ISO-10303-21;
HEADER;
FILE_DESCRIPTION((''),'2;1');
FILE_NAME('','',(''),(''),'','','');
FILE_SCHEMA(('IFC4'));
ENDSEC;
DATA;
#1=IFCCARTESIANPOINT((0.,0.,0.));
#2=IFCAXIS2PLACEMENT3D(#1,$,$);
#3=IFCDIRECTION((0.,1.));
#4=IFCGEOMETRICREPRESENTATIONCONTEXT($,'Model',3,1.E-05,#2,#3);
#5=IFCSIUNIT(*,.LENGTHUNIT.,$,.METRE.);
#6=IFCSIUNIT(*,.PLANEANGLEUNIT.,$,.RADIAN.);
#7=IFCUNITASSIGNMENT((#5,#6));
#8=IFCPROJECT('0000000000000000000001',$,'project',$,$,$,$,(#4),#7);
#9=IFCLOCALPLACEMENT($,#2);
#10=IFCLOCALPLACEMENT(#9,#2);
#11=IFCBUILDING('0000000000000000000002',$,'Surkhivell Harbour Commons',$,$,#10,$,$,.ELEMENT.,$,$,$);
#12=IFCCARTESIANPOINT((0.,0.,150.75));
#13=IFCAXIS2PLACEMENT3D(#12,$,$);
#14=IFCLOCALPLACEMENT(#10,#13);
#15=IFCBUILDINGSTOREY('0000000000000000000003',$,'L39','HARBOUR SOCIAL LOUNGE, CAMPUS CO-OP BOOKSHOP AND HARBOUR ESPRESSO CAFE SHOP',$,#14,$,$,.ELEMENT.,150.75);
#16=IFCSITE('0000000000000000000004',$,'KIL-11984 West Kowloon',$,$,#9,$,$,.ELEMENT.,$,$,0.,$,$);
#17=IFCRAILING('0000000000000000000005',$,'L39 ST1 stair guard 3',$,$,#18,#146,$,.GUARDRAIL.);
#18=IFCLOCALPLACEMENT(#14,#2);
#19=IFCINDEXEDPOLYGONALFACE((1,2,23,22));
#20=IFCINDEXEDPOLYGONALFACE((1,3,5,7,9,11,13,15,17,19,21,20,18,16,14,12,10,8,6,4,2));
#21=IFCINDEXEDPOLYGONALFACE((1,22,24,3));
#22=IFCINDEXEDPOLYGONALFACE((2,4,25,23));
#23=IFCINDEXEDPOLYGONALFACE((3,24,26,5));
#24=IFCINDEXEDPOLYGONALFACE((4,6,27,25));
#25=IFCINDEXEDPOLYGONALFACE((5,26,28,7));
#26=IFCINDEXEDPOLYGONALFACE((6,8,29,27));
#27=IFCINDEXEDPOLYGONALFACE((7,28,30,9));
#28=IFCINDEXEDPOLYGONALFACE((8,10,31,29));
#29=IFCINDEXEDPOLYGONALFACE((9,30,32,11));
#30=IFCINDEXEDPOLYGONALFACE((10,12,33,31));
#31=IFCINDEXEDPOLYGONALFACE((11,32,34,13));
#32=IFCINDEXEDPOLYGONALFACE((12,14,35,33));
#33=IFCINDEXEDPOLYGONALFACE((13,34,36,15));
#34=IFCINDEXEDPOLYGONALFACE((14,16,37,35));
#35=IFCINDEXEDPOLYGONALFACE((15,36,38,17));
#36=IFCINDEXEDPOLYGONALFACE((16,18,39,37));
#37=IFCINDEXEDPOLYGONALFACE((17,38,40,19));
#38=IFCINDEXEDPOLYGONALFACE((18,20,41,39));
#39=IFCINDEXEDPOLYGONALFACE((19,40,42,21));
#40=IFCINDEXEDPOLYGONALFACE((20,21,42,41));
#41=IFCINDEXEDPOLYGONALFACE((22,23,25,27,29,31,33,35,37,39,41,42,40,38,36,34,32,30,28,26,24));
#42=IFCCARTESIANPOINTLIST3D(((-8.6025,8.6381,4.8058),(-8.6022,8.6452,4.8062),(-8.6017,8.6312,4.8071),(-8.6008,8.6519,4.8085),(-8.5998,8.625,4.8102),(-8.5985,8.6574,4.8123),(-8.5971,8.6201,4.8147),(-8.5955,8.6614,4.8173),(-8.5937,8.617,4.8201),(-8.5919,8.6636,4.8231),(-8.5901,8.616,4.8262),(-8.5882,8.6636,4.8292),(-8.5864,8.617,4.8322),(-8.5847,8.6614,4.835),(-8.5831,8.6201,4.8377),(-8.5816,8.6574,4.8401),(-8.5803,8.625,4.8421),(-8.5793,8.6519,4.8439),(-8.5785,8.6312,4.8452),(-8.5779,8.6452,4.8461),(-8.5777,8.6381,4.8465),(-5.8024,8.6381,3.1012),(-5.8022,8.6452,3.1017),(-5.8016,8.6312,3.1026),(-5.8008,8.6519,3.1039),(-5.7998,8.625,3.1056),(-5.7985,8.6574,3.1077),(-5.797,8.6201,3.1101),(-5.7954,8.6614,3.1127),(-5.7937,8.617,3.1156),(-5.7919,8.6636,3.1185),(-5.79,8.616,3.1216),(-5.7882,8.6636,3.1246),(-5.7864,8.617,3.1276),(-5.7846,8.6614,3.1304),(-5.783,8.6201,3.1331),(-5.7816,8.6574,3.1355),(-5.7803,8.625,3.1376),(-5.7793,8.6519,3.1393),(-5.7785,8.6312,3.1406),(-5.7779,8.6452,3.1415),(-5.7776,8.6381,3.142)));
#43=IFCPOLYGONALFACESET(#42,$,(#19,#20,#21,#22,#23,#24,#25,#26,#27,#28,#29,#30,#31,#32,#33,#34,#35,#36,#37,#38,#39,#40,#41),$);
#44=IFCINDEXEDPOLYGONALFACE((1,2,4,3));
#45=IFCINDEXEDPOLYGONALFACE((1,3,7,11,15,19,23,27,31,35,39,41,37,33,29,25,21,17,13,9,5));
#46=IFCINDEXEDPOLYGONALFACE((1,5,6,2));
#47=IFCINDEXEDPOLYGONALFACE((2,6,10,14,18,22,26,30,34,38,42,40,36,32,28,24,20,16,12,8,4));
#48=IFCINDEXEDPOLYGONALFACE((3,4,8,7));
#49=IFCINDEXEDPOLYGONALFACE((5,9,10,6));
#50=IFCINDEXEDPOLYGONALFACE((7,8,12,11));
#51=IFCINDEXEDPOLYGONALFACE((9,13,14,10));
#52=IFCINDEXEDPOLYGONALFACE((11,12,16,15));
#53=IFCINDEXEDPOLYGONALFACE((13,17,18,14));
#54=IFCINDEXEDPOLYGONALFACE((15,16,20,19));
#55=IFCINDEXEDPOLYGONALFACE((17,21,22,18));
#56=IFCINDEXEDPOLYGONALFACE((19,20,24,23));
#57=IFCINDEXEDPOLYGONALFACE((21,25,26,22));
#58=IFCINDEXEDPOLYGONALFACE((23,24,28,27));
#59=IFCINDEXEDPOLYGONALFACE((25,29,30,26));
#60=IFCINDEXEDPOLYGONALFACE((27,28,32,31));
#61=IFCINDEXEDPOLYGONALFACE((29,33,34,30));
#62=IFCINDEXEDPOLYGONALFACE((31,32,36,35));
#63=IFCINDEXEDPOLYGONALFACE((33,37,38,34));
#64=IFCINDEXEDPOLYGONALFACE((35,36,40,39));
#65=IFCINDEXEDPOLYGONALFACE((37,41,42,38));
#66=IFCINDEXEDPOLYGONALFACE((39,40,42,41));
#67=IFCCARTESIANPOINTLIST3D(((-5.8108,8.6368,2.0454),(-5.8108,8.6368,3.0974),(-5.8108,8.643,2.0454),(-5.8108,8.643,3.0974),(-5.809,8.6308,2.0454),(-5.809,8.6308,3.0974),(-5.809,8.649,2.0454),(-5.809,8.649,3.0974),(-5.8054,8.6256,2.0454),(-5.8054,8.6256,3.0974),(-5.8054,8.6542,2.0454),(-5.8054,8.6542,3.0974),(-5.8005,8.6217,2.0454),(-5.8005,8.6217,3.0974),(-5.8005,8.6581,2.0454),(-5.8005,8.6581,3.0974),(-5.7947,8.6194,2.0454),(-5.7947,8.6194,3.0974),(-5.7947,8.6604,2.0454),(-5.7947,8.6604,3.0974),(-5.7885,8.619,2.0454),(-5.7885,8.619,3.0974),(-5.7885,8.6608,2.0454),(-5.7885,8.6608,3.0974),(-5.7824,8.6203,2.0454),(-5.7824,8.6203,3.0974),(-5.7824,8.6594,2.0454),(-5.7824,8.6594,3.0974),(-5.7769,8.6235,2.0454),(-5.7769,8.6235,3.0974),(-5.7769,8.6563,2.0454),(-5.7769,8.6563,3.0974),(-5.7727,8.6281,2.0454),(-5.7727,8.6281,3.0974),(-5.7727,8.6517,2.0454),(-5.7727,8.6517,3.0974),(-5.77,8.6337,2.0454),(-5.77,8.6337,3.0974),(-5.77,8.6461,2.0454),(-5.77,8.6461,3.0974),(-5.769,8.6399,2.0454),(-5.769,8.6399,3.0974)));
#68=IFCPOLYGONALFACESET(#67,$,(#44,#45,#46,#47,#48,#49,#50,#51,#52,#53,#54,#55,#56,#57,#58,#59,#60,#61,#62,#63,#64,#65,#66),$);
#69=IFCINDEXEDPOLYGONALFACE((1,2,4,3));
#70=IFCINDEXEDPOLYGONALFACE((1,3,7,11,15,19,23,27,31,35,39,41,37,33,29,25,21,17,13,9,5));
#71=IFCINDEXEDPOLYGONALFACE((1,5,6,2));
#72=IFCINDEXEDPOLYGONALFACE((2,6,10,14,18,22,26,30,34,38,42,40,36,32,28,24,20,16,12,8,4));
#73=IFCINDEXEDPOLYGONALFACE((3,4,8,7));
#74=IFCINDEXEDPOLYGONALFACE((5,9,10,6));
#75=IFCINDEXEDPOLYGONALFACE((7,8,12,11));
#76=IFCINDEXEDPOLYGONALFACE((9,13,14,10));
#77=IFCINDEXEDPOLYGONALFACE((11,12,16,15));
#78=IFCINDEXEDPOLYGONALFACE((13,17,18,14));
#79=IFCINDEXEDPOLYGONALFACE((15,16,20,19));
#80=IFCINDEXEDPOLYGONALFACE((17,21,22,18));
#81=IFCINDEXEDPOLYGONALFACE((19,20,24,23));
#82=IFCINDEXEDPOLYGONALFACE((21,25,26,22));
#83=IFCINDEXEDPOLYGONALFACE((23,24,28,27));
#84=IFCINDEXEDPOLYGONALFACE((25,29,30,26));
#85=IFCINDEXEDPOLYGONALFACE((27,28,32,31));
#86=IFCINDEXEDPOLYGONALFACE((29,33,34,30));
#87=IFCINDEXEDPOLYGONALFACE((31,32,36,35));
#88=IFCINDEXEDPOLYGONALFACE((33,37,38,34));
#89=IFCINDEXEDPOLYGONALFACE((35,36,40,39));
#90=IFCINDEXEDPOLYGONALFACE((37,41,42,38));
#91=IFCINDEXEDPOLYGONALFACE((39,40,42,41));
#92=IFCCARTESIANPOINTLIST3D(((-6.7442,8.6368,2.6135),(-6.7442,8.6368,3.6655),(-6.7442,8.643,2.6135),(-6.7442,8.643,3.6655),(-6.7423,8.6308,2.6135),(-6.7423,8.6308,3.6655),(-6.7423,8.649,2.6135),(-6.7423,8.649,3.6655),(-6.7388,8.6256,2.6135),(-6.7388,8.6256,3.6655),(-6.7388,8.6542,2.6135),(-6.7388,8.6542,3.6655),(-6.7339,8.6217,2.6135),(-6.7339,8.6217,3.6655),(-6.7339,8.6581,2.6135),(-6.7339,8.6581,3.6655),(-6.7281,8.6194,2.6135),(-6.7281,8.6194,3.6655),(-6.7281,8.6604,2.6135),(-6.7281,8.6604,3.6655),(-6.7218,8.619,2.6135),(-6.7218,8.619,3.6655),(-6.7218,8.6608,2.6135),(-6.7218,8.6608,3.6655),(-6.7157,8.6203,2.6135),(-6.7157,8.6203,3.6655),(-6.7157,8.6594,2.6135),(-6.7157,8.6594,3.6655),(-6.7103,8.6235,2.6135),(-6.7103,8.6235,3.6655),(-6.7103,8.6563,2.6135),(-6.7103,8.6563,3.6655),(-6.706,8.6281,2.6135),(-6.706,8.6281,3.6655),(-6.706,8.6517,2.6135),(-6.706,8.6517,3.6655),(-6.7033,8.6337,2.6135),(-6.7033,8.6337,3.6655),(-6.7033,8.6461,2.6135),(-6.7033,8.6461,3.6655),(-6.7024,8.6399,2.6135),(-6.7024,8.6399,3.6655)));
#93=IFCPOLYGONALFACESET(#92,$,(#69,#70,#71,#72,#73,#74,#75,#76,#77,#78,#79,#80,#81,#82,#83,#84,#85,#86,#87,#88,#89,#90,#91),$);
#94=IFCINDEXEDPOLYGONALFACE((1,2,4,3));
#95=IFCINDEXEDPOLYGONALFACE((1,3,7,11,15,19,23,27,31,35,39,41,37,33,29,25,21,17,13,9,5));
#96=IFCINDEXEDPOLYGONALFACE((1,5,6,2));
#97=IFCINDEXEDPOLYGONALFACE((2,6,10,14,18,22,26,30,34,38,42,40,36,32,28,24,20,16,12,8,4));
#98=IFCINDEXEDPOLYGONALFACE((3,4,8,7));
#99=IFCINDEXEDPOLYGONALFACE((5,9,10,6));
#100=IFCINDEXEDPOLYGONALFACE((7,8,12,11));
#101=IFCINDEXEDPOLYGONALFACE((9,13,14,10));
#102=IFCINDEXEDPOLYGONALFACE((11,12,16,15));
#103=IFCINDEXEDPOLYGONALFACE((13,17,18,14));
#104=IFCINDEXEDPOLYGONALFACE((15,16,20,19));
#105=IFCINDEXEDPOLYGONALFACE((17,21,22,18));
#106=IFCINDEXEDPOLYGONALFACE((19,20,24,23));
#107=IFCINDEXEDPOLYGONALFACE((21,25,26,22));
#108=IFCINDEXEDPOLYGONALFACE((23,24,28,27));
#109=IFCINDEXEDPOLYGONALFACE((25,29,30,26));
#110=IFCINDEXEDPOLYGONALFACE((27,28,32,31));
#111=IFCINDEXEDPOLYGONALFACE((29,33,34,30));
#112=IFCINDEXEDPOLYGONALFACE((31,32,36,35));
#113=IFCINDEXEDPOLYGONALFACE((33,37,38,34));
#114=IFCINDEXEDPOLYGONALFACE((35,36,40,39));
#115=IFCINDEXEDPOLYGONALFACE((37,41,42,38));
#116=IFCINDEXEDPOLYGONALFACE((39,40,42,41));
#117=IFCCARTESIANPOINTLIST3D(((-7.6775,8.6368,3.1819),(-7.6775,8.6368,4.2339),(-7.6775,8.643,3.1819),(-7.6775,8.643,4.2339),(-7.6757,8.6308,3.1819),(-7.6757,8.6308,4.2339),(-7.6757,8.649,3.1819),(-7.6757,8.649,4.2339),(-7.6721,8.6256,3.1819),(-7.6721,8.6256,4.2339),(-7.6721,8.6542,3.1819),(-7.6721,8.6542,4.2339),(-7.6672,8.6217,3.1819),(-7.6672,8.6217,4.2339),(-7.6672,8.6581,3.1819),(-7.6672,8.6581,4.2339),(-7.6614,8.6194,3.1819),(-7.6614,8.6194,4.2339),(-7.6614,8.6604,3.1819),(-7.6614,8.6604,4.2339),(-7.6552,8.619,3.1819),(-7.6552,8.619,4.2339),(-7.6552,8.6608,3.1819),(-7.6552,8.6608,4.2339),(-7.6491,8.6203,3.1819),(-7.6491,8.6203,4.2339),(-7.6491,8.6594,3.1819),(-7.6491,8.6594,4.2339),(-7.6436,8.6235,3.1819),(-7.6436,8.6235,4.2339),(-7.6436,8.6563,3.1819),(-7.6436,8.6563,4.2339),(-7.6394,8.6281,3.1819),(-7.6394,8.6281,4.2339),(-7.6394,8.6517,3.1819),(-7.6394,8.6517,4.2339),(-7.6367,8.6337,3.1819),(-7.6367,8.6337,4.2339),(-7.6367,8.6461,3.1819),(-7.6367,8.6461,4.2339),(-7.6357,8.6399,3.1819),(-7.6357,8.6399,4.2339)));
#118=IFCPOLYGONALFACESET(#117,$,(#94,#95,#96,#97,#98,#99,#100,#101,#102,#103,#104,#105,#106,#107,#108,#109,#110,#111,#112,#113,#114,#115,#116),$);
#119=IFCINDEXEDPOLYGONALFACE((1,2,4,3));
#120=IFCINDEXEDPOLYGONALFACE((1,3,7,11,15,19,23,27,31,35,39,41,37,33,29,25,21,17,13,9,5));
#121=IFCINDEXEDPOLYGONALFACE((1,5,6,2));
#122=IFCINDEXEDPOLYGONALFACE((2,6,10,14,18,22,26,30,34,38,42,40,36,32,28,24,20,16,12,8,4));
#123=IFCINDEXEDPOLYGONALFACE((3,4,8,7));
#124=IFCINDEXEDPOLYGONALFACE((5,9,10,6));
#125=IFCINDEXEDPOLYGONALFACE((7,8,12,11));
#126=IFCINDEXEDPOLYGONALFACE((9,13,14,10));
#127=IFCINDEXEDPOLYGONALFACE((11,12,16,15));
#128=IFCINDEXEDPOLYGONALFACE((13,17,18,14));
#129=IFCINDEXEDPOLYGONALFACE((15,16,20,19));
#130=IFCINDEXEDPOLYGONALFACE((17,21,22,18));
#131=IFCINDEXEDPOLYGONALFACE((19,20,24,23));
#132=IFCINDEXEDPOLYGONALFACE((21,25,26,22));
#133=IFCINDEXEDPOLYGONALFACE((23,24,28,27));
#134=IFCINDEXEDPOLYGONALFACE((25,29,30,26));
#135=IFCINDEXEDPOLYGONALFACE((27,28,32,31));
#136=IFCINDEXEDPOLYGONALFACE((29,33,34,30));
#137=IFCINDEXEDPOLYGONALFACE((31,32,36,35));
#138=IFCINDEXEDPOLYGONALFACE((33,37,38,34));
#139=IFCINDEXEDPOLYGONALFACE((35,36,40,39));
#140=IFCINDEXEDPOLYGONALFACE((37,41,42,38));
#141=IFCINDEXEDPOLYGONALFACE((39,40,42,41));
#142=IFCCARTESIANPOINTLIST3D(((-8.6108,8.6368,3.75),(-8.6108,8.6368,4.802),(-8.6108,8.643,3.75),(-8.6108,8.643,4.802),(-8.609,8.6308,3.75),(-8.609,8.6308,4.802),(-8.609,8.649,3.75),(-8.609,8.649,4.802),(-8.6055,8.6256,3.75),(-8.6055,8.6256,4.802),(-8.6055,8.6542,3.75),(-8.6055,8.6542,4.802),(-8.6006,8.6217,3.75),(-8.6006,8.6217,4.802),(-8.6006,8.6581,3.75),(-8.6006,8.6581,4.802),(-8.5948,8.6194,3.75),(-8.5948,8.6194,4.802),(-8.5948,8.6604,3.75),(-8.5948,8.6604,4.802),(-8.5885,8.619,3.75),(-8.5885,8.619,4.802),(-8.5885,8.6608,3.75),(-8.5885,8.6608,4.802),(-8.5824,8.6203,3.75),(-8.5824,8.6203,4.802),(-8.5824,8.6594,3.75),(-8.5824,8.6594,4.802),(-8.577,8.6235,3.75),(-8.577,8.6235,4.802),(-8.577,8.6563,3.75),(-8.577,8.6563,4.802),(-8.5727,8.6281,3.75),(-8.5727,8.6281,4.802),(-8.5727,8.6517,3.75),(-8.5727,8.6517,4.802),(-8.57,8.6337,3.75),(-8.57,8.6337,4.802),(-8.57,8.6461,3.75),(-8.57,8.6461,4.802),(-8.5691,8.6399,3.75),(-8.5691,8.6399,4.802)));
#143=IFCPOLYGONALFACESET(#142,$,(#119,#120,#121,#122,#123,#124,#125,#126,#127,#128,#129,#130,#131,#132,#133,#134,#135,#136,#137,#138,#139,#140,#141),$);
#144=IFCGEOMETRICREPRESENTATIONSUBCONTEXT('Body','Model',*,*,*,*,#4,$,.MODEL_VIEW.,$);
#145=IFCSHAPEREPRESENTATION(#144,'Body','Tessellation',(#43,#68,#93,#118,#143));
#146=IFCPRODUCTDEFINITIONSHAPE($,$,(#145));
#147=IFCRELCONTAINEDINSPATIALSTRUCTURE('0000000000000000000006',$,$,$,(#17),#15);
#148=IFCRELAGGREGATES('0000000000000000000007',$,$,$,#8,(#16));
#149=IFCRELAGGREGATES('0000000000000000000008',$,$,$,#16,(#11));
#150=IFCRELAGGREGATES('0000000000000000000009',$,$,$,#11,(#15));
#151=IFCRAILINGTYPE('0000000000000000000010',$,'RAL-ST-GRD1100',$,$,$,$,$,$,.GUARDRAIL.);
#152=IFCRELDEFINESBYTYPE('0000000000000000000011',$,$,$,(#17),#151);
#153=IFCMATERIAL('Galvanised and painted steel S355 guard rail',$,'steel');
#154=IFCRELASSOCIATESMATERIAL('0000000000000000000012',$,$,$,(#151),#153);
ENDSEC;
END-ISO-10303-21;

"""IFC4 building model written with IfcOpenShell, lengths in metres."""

from ifc_helpers import new_model, si_unit, direction, frame, origin, origin_2d, place, context, subcontext, project, spatial, circle, extrude, material, type_object, element, save


model = new_model("IFC4")

# Units and contexts
model_context = context("Model", 3, precision=1e-05, world=origin(), true_north=direction((0.0, 1.0)))
body_context = subcontext(model_context, "Body", "Model", "MODEL_VIEW")
ifc_project = project(units=[si_unit("LENGTHUNIT", "METRE"), si_unit("PLANEANGLEUNIT", "RADIAN")], contexts=[model_context])

# Site, building, storey
site_placement = place(None, origin())
site = spatial("IfcSite", under=ifc_project, at=site_placement, Name="KIL-11984 West Kowloon", CompositionType="ELEMENT", RefElevation=0.0)
building_placement = place(site_placement, origin())
building = spatial("IfcBuilding", under=site, at=building_placement, Name="Surkhivell Harbour Commons", CompositionType="ELEMENT")
storey_placement = place(building_placement, frame((0.0, 0.0, 150.75)))
storey = spatial("IfcBuildingStorey", under=building, at=storey_placement, Name="L39", Description="HARBOUR SOCIAL LOUNGE, CAMPUS CO-OP BOOKSHOP AND HARBOUR ESPRESSO CAFE SHOP", CompositionType="ELEMENT", Elevation=150.75)

# Railing
ifc_material_1 = material(Name="Galvanised and painted steel S355 guard rail", Category="steel")
railing_type_1 = type_object("IfcRailingType", Name="RAL-ST-GRD1100", PredefinedType="GUARDRAIL", material=ifc_material_1)
railing_1_placement = place(storey_placement, frame((-5.79, 8.6399, 2.0454)))
element("IfcRailing", 1, at=railing_1_placement, inside=storey, type_object=railing_type_1, Name="L39 ST1 stair guard 3", PredefinedType="GUARDRAIL", context=body_context, shape_type="SweptSolid", body=[
    extrude(circle(Radius=0.0239, at=origin_2d()), frame((0.0, 0.0, 1.0762), z_axis=(-0.85417, 0.0, 0.519994), x_axis=(0.0, -1.0, 0.0)), (0.0, 0.0, 1.0), 3.2781),
    extrude(circle(Radius=0.021, at=origin_2d()), origin(), (0.0, 0.0, 1.0), 1.052),
    extrude(circle(Radius=0.021, at=origin_2d()), frame((-0.9333, 0.0, 0.5681)), (0.0, 0.0, 1.0), 1.052),
    extrude(circle(Radius=0.021, at=origin_2d()), frame((-1.8667, 0.0, 1.1365)), (0.0, 0.0, 1.0), 1.052),
    extrude(circle(Radius=0.021, at=origin_2d()), frame((-2.8, 0.0, 1.7046)), (0.0, 0.0, 1.0), 1.052),
])

save(model, "model.ifc")
